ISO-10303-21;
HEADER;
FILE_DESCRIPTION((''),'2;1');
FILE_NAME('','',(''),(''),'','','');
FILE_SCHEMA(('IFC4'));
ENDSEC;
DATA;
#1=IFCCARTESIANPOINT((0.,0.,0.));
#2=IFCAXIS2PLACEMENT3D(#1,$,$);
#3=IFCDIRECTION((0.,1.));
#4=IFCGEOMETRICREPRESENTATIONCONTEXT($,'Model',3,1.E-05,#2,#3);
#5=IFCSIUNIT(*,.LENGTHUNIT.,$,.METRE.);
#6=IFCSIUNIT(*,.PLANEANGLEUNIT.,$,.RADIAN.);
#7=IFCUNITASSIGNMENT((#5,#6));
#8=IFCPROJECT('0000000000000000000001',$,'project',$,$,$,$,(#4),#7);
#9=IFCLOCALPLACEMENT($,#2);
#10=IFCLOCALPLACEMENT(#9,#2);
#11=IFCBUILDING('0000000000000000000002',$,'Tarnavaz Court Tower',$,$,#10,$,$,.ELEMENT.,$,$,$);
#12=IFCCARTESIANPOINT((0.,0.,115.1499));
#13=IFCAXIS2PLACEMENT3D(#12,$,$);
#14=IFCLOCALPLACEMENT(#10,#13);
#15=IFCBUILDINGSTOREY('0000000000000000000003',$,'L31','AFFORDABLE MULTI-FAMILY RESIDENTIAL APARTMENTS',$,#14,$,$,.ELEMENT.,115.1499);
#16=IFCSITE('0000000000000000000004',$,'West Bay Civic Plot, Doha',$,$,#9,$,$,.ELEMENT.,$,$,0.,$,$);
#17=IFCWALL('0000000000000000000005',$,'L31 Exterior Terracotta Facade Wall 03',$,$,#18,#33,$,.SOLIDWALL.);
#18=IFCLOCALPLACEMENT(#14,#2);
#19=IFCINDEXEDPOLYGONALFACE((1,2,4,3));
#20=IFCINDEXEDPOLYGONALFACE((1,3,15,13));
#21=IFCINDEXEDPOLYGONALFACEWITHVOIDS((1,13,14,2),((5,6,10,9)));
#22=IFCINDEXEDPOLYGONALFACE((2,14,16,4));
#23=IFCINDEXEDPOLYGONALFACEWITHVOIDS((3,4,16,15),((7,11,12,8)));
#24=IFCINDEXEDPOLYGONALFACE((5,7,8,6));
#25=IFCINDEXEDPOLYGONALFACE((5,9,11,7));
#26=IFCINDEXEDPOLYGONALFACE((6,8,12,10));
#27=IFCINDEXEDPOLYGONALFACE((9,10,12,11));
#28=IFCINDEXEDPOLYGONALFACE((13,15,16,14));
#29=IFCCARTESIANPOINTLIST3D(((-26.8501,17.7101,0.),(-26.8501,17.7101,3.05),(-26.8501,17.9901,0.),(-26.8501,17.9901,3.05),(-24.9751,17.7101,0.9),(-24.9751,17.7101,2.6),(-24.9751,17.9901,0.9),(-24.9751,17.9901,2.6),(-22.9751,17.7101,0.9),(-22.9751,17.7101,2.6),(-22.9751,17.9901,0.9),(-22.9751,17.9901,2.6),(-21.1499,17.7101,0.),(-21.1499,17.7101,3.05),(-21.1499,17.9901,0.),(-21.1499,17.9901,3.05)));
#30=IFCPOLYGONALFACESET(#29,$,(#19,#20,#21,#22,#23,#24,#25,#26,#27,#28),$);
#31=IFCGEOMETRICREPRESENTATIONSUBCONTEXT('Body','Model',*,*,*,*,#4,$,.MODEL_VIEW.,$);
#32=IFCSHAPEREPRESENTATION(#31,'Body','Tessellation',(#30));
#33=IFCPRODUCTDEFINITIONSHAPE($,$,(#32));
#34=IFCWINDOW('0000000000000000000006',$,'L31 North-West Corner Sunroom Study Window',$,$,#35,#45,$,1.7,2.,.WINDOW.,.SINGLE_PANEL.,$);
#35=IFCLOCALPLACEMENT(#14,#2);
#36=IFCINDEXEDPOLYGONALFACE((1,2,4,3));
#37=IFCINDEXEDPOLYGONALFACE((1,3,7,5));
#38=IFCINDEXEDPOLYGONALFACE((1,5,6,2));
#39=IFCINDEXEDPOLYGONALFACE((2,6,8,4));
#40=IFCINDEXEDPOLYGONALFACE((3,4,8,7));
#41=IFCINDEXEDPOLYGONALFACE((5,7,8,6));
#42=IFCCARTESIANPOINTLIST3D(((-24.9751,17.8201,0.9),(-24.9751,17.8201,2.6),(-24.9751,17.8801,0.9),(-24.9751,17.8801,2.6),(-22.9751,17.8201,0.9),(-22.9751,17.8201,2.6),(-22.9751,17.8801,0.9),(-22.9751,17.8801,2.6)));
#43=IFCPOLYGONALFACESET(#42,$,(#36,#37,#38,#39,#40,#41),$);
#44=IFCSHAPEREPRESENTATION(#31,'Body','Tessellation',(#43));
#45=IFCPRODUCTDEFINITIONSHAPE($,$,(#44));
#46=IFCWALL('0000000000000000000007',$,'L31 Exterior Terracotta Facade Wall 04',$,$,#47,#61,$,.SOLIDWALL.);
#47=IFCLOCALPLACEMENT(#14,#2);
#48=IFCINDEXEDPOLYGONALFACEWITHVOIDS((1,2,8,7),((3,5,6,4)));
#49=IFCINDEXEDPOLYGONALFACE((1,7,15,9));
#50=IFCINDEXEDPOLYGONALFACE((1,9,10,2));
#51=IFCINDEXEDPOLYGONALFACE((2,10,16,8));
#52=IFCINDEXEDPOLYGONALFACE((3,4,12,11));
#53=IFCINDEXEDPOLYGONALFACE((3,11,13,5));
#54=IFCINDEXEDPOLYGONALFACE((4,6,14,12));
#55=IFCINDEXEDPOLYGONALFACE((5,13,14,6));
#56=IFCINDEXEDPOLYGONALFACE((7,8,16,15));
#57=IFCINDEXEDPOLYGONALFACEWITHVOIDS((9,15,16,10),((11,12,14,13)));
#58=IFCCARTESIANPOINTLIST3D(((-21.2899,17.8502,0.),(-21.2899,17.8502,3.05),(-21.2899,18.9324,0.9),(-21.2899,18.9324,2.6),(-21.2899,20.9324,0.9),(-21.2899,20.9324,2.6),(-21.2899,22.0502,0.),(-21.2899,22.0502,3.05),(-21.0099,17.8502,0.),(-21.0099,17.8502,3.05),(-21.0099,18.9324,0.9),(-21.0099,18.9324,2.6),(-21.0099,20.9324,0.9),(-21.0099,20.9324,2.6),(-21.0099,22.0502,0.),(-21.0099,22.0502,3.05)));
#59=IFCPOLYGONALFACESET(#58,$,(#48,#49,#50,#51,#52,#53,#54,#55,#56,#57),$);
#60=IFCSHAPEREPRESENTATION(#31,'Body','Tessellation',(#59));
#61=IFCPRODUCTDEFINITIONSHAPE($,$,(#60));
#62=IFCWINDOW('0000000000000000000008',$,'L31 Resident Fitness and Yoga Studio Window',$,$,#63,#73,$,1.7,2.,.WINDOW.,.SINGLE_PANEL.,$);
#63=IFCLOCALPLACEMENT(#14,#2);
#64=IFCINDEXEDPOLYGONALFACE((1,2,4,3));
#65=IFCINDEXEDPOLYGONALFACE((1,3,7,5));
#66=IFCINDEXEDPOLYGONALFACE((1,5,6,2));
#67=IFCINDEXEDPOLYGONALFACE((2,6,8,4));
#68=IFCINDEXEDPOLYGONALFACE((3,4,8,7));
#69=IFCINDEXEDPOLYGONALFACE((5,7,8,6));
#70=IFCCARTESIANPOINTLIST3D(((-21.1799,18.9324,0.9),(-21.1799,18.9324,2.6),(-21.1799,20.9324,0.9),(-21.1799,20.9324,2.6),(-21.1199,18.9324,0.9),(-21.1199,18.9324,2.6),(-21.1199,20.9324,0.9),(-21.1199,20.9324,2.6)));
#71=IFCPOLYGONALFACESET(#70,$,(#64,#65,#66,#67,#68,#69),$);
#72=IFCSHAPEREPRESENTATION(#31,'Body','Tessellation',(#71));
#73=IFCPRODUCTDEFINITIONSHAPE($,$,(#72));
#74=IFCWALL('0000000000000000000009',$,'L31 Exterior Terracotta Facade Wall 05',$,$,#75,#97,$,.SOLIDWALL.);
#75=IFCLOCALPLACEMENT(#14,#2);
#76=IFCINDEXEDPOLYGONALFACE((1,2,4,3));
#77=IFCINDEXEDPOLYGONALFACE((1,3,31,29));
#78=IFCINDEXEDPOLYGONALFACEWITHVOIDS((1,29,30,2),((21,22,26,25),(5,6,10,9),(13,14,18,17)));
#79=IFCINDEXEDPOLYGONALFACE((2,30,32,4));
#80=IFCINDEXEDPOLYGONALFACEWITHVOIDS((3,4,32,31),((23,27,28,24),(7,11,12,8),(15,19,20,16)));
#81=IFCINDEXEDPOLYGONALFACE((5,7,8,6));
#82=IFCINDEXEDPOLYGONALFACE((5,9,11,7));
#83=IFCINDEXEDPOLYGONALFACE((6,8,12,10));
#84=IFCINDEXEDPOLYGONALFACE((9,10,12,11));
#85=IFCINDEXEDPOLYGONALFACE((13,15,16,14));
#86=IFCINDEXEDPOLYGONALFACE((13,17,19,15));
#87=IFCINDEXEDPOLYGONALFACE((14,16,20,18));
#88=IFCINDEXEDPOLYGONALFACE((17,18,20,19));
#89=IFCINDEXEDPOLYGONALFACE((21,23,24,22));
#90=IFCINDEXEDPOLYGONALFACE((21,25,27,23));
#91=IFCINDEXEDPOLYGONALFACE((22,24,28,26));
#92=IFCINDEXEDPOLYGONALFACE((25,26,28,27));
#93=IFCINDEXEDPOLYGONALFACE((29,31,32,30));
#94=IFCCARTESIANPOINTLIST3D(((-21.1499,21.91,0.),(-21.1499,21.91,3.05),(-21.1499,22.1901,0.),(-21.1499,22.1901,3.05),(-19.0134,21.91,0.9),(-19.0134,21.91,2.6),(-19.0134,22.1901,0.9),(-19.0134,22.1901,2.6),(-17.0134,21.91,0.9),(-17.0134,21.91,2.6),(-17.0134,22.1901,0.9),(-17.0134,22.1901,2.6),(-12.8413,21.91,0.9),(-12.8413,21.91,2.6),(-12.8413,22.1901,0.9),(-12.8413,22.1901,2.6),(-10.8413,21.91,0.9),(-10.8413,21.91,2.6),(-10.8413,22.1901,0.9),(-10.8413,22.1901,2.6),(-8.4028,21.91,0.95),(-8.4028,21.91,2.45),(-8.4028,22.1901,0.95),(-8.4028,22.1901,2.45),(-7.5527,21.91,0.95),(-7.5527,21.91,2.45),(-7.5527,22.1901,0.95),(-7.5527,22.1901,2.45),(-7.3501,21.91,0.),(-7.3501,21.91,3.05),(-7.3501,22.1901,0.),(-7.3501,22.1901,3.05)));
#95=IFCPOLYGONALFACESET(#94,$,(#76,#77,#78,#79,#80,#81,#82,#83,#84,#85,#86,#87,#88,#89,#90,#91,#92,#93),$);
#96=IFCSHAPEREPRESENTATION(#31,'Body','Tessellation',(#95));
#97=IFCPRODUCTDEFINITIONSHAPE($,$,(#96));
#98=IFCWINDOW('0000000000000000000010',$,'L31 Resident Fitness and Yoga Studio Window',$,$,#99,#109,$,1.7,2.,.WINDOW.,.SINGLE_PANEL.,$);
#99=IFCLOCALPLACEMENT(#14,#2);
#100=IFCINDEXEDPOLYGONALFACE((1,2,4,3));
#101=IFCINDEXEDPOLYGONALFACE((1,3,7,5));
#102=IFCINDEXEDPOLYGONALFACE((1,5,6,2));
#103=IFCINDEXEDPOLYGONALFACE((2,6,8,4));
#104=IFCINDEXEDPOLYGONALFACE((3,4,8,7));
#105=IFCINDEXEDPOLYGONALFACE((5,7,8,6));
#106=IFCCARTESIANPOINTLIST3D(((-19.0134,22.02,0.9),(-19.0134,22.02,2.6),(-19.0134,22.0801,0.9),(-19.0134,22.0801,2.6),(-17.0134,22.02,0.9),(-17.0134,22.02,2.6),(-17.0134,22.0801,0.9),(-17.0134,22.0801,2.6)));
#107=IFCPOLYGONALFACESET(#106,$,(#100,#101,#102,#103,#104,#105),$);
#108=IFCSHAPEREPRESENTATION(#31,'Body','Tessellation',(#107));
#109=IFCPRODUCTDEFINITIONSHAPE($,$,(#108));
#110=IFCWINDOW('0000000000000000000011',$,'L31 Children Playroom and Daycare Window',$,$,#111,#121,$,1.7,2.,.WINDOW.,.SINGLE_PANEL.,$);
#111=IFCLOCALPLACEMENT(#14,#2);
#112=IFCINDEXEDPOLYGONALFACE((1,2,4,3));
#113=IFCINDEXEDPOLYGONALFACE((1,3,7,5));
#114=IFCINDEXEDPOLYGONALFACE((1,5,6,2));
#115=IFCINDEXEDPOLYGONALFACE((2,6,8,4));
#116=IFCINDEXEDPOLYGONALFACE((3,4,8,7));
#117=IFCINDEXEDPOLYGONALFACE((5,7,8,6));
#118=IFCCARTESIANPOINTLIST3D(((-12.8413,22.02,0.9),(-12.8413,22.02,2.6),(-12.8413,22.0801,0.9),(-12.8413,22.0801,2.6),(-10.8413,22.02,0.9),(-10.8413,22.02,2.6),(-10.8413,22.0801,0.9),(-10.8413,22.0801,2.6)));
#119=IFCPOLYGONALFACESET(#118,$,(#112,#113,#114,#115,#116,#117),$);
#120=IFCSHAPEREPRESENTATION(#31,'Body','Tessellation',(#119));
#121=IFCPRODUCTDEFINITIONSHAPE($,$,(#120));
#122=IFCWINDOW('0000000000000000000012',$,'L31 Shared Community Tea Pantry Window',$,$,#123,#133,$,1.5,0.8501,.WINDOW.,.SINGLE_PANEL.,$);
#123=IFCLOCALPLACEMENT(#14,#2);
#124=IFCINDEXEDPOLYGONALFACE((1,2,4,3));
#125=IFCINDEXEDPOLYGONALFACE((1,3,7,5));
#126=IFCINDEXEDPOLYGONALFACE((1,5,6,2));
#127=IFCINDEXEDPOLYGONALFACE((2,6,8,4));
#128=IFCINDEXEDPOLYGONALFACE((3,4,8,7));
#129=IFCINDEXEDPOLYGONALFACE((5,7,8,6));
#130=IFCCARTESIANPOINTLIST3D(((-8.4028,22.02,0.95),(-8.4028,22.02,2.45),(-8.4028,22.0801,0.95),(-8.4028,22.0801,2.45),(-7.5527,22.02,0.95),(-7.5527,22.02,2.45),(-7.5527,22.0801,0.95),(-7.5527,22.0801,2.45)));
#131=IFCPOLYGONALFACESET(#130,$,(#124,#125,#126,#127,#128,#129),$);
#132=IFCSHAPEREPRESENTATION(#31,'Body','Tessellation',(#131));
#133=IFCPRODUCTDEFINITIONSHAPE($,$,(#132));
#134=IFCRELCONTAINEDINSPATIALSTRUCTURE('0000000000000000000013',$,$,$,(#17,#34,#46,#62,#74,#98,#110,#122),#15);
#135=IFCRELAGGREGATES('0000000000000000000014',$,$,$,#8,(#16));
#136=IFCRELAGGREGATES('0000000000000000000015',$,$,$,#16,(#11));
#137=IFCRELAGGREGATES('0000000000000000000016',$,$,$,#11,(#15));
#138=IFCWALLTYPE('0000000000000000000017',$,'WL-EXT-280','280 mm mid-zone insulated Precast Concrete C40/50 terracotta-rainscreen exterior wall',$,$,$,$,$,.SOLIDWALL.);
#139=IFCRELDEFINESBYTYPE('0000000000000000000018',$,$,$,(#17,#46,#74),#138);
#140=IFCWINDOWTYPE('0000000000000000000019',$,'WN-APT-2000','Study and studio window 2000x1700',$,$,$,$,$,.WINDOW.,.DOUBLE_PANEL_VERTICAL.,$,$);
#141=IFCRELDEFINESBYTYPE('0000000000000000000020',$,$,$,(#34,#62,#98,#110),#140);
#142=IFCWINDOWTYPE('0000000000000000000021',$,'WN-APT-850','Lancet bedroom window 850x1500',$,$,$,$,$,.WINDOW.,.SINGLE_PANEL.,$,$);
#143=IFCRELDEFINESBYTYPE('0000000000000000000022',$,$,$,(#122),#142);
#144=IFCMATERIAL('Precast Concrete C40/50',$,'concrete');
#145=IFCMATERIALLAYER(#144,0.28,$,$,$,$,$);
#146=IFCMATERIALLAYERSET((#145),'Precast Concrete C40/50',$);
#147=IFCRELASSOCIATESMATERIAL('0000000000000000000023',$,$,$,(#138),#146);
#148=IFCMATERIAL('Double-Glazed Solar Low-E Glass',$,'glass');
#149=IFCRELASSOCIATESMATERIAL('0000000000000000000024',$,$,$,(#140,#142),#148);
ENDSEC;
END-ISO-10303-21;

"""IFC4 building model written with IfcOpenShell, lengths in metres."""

from ifc_helpers import new_model, si_unit, direction, frame, frame_2d, origin, place, context, subcontext, project, spatial, rectangle, extrude, material, layer, layer_set, type_object, element, fill, save


model = new_model("IFC4")

# Units and contexts
model_context = context("Model", 3, precision=1e-05, world=origin(), true_north=direction((0.0, 1.0)))
body_context = subcontext(model_context, "Body", "Model", "MODEL_VIEW")
ifc_project = project(units=[si_unit("LENGTHUNIT", "METRE"), si_unit("PLANEANGLEUNIT", "RADIAN")], contexts=[model_context])

# Site, building, storey
site_placement = place(None, origin())
site = spatial("IfcSite", under=ifc_project, at=site_placement, Name="West Bay Civic Plot, Doha", CompositionType="ELEMENT", RefElevation=0.0)
building_placement = place(site_placement, origin())
building = spatial("IfcBuilding", under=site, at=building_placement, Name="Tarnavaz Court Tower", CompositionType="ELEMENT")
storey_placement = place(building_placement, frame((0.0, 0.0, 115.1499)))
storey = spatial("IfcBuildingStorey", under=building, at=storey_placement, Name="L31", Description="AFFORDABLE MULTI-FAMILY RESIDENTIAL APARTMENTS", CompositionType="ELEMENT", Elevation=115.1499)

# Walls, openings, windows
ifc_material_1 = material(Name="Precast Concrete C40/50", Category="concrete")
ifc_layer_1 = layer(ifc_material_1, 0.28)
ifc_layer_set_1 = layer_set([ifc_layer_1], Name="Precast Concrete C40/50")
wall_type_1 = type_object("IfcWallType", Name="WL-EXT-280", Description="280 mm mid-zone insulated Precast Concrete C40/50 terracotta-rainscreen exterior wall", PredefinedType="SOLIDWALL", material=ifc_layer_set_1)
wall_1_placement = place(storey_placement, frame((-26.8501, 17.8501, 0.0), z_axis=(0.0, 0.0, 1.0), x_axis=(1.0, 0.0, 0.0)))
wall_1 = element("IfcWall", 1, at=wall_1_placement, inside=storey, type_object=wall_type_1, Name="L31 Exterior Terracotta Facade Wall 03", PredefinedType="SOLIDWALL", context=body_context, shape_type="SweptSolid", body=[
    extrude(rectangle(XDim=5.7002, YDim=0.28, at=frame_2d((2.8501, 0.0))), origin(), (0.0, 0.0, 1.0), 3.05),
])
opening_1_placement = place(wall_1_placement, frame((1.875, 0.0, 0.8999)))
opening_1 = element("IfcOpeningElement", 2, at=opening_1_placement, cuts=wall_1, PredefinedType="OPENING", context=body_context, shape_type="SweptSolid", body=[
    extrude(rectangle(XDim=2.0, YDim=1.7, at=frame_2d((1.0, 0.8501))), frame((0.0, 0.1499, 0.0), z_axis=(0.0, -1.0, 0.0), x_axis=(1.0, 0.0, 0.0)), (0.0, 0.0, 1.0), 0.3),
])
ifc_material_2 = material(Name="Double-Glazed Solar Low-E Glass", Category="glass")
window_type_1 = type_object("IfcWindowType", Name="WN-APT-2000", Description="Study and studio window 2000x1700", PartitioningType="DOUBLE_PANEL_VERTICAL", PredefinedType="WINDOW", material=ifc_material_2)
window_1_placement = place(opening_1_placement, origin())
window_1 = element("IfcWindow", 3, at=window_1_placement, inside=storey, type_object=window_type_1, Name="L31 North-West Corner Sunroom Study Window", OverallHeight=1.7, OverallWidth=2.0, PartitioningType="SINGLE_PANEL", PredefinedType="WINDOW", context=body_context, shape_type="SweptSolid", body=[
    extrude(rectangle(XDim=2.0, YDim=1.7, at=frame_2d((1.0, 0.8501))), frame((0.0, 0.03, 0.0), z_axis=(0.0, -1.0, 0.0), x_axis=(1.0, 0.0, 0.0)), (0.0, 0.0, 1.0), 0.0601),
])
fill(opening_1, window_1)
wall_2_placement = place(storey_placement, frame((-21.1499, 17.8501, 0.0), z_axis=(0.0, 0.0, 1.0), x_axis=(0.0, 1.0, 0.0)))
wall_2 = element("IfcWall", 4, at=wall_2_placement, inside=storey, type_object=wall_type_1, Name="L31 Exterior Terracotta Facade Wall 04", PredefinedType="SOLIDWALL", context=body_context, shape_type="SweptSolid", body=[
    extrude(rectangle(XDim=4.2, YDim=0.28, at=frame_2d((2.1001, 0.0))), origin(), (0.0, 0.0, 1.0), 3.05),
])
opening_2_placement = place(wall_2_placement, frame((1.0823, 0.0, 0.8999)))
opening_2 = element("IfcOpeningElement", 5, at=opening_2_placement, cuts=wall_2, PredefinedType="OPENING", context=body_context, shape_type="SweptSolid", body=[
    extrude(rectangle(XDim=2.0, YDim=1.7, at=frame_2d((1.0, 0.8501))), frame((0.0, 0.1499, 0.0), z_axis=(0.0, -1.0, 0.0), x_axis=(1.0, 0.0, 0.0)), (0.0, 0.0, 1.0), 0.3),
])
window_2_placement = place(opening_2_placement, origin())
window_2 = element("IfcWindow", 6, at=window_2_placement, inside=storey, type_object=window_type_1, Name="L31 Resident Fitness and Yoga Studio Window", OverallHeight=1.7, OverallWidth=2.0, PartitioningType="SINGLE_PANEL", PredefinedType="WINDOW", context=body_context, shape_type="SweptSolid", body=[
    extrude(rectangle(XDim=2.0, YDim=1.7, at=frame_2d((1.0, 0.8501))), frame((0.0, 0.03, 0.0), z_axis=(0.0, -1.0, 0.0), x_axis=(1.0, 0.0, 0.0)), (0.0, 0.0, 1.0), 0.0601),
])
fill(opening_2, window_2)

# Wall, openings, windows
wall_3_placement = place(storey_placement, frame((-21.1499, 22.05, 0.0), z_axis=(0.0, 0.0, 1.0), x_axis=(1.0, 0.0, 0.0)))
wall_3 = element("IfcWall", 7, at=wall_3_placement, inside=storey, type_object=wall_type_1, Name="L31 Exterior Terracotta Facade Wall 05", PredefinedType="SOLIDWALL", context=body_context, shape_type="SweptSolid", body=[
    extrude(rectangle(XDim=13.7998, YDim=0.28, at=frame_2d((6.8999, 0.0))), origin(), (0.0, 0.0, 1.0), 3.05),
])
opening_3_placement = place(wall_3_placement, frame((2.1365, 0.0, 0.8999)))
opening_3 = element("IfcOpeningElement", 8, at=opening_3_placement, cuts=wall_3, PredefinedType="OPENING", context=body_context, shape_type="SweptSolid", body=[
    extrude(rectangle(XDim=2.0, YDim=1.7, at=frame_2d((1.0, 0.8501))), frame((0.0, 0.1499, 0.0), z_axis=(0.0, -1.0, 0.0), x_axis=(1.0, 0.0, 0.0)), (0.0, 0.0, 1.0), 0.3),
])
opening_4_placement = place(wall_3_placement, frame((8.3086, 0.0, 0.8999)))
opening_4 = element("IfcOpeningElement", 9, at=opening_4_placement, cuts=wall_3, PredefinedType="OPENING", context=body_context, shape_type="SweptSolid", body=[
    extrude(rectangle(XDim=2.0, YDim=1.7, at=frame_2d((1.0, 0.8501))), frame((0.0, 0.1499, 0.0), z_axis=(0.0, -1.0, 0.0), x_axis=(1.0, 0.0, 0.0)), (0.0, 0.0, 1.0), 0.3),
])
opening_5_placement = place(wall_3_placement, frame((12.7471, 0.0, 0.95)))
opening_5 = element("IfcOpeningElement", 10, at=opening_5_placement, cuts=wall_3, PredefinedType="OPENING", context=body_context, shape_type="SweptSolid", body=[
    extrude(rectangle(XDim=0.8501, YDim=1.5, at=frame_2d((0.425, 0.75))), frame((0.0, 0.1499, 0.0), z_axis=(0.0, -1.0, 0.0), x_axis=(1.0, 0.0, 0.0)), (0.0, 0.0, 1.0), 0.3),
])
window_3_placement = place(opening_3_placement, origin())
window_3 = element("IfcWindow", 11, at=window_3_placement, inside=storey, type_object=window_type_1, Name="L31 Resident Fitness and Yoga Studio Window", OverallHeight=1.7, OverallWidth=2.0, PartitioningType="SINGLE_PANEL", PredefinedType="WINDOW", context=body_context, shape_type="SweptSolid", body=[
    extrude(rectangle(XDim=2.0, YDim=1.7, at=frame_2d((1.0, 0.8501))), frame((0.0, 0.03, 0.0), z_axis=(0.0, -1.0, 0.0), x_axis=(1.0, 0.0, 0.0)), (0.0, 0.0, 1.0), 0.0601),
])
fill(opening_3, window_3)
window_4_placement = place(opening_4_placement, origin())
window_4 = element("IfcWindow", 12, at=window_4_placement, inside=storey, type_object=window_type_1, Name="L31 Children Playroom and Daycare Window", OverallHeight=1.7, OverallWidth=2.0, PartitioningType="SINGLE_PANEL", PredefinedType="WINDOW", context=body_context, shape_type="SweptSolid", body=[
    extrude(rectangle(XDim=2.0, YDim=1.7, at=frame_2d((1.0, 0.8501))), frame((0.0, 0.03, 0.0), z_axis=(0.0, -1.0, 0.0), x_axis=(1.0, 0.0, 0.0)), (0.0, 0.0, 1.0), 0.0601),
])
fill(opening_4, window_4)
window_type_2 = type_object("IfcWindowType", Name="WN-APT-850", Description="Lancet bedroom window 850x1500", PartitioningType="SINGLE_PANEL", PredefinedType="WINDOW", material=ifc_material_2)
window_5_placement = place(opening_5_placement, origin())
window_5 = element("IfcWindow", 13, at=window_5_placement, inside=storey, type_object=window_type_2, Name="L31 Shared Community Tea Pantry Window", OverallHeight=1.5, OverallWidth=0.8501, PartitioningType="SINGLE_PANEL", PredefinedType="WINDOW", context=body_context, shape_type="SweptSolid", body=[
    extrude(rectangle(XDim=0.8501, YDim=1.5, at=frame_2d((0.425, 0.75))), frame((0.0, 0.03, 0.0), z_axis=(0.0, -1.0, 0.0), x_axis=(1.0, 0.0, 0.0)), (0.0, 0.0, 1.0), 0.0601),
])
fill(opening_5, window_5)

save(model, "model.ifc")
